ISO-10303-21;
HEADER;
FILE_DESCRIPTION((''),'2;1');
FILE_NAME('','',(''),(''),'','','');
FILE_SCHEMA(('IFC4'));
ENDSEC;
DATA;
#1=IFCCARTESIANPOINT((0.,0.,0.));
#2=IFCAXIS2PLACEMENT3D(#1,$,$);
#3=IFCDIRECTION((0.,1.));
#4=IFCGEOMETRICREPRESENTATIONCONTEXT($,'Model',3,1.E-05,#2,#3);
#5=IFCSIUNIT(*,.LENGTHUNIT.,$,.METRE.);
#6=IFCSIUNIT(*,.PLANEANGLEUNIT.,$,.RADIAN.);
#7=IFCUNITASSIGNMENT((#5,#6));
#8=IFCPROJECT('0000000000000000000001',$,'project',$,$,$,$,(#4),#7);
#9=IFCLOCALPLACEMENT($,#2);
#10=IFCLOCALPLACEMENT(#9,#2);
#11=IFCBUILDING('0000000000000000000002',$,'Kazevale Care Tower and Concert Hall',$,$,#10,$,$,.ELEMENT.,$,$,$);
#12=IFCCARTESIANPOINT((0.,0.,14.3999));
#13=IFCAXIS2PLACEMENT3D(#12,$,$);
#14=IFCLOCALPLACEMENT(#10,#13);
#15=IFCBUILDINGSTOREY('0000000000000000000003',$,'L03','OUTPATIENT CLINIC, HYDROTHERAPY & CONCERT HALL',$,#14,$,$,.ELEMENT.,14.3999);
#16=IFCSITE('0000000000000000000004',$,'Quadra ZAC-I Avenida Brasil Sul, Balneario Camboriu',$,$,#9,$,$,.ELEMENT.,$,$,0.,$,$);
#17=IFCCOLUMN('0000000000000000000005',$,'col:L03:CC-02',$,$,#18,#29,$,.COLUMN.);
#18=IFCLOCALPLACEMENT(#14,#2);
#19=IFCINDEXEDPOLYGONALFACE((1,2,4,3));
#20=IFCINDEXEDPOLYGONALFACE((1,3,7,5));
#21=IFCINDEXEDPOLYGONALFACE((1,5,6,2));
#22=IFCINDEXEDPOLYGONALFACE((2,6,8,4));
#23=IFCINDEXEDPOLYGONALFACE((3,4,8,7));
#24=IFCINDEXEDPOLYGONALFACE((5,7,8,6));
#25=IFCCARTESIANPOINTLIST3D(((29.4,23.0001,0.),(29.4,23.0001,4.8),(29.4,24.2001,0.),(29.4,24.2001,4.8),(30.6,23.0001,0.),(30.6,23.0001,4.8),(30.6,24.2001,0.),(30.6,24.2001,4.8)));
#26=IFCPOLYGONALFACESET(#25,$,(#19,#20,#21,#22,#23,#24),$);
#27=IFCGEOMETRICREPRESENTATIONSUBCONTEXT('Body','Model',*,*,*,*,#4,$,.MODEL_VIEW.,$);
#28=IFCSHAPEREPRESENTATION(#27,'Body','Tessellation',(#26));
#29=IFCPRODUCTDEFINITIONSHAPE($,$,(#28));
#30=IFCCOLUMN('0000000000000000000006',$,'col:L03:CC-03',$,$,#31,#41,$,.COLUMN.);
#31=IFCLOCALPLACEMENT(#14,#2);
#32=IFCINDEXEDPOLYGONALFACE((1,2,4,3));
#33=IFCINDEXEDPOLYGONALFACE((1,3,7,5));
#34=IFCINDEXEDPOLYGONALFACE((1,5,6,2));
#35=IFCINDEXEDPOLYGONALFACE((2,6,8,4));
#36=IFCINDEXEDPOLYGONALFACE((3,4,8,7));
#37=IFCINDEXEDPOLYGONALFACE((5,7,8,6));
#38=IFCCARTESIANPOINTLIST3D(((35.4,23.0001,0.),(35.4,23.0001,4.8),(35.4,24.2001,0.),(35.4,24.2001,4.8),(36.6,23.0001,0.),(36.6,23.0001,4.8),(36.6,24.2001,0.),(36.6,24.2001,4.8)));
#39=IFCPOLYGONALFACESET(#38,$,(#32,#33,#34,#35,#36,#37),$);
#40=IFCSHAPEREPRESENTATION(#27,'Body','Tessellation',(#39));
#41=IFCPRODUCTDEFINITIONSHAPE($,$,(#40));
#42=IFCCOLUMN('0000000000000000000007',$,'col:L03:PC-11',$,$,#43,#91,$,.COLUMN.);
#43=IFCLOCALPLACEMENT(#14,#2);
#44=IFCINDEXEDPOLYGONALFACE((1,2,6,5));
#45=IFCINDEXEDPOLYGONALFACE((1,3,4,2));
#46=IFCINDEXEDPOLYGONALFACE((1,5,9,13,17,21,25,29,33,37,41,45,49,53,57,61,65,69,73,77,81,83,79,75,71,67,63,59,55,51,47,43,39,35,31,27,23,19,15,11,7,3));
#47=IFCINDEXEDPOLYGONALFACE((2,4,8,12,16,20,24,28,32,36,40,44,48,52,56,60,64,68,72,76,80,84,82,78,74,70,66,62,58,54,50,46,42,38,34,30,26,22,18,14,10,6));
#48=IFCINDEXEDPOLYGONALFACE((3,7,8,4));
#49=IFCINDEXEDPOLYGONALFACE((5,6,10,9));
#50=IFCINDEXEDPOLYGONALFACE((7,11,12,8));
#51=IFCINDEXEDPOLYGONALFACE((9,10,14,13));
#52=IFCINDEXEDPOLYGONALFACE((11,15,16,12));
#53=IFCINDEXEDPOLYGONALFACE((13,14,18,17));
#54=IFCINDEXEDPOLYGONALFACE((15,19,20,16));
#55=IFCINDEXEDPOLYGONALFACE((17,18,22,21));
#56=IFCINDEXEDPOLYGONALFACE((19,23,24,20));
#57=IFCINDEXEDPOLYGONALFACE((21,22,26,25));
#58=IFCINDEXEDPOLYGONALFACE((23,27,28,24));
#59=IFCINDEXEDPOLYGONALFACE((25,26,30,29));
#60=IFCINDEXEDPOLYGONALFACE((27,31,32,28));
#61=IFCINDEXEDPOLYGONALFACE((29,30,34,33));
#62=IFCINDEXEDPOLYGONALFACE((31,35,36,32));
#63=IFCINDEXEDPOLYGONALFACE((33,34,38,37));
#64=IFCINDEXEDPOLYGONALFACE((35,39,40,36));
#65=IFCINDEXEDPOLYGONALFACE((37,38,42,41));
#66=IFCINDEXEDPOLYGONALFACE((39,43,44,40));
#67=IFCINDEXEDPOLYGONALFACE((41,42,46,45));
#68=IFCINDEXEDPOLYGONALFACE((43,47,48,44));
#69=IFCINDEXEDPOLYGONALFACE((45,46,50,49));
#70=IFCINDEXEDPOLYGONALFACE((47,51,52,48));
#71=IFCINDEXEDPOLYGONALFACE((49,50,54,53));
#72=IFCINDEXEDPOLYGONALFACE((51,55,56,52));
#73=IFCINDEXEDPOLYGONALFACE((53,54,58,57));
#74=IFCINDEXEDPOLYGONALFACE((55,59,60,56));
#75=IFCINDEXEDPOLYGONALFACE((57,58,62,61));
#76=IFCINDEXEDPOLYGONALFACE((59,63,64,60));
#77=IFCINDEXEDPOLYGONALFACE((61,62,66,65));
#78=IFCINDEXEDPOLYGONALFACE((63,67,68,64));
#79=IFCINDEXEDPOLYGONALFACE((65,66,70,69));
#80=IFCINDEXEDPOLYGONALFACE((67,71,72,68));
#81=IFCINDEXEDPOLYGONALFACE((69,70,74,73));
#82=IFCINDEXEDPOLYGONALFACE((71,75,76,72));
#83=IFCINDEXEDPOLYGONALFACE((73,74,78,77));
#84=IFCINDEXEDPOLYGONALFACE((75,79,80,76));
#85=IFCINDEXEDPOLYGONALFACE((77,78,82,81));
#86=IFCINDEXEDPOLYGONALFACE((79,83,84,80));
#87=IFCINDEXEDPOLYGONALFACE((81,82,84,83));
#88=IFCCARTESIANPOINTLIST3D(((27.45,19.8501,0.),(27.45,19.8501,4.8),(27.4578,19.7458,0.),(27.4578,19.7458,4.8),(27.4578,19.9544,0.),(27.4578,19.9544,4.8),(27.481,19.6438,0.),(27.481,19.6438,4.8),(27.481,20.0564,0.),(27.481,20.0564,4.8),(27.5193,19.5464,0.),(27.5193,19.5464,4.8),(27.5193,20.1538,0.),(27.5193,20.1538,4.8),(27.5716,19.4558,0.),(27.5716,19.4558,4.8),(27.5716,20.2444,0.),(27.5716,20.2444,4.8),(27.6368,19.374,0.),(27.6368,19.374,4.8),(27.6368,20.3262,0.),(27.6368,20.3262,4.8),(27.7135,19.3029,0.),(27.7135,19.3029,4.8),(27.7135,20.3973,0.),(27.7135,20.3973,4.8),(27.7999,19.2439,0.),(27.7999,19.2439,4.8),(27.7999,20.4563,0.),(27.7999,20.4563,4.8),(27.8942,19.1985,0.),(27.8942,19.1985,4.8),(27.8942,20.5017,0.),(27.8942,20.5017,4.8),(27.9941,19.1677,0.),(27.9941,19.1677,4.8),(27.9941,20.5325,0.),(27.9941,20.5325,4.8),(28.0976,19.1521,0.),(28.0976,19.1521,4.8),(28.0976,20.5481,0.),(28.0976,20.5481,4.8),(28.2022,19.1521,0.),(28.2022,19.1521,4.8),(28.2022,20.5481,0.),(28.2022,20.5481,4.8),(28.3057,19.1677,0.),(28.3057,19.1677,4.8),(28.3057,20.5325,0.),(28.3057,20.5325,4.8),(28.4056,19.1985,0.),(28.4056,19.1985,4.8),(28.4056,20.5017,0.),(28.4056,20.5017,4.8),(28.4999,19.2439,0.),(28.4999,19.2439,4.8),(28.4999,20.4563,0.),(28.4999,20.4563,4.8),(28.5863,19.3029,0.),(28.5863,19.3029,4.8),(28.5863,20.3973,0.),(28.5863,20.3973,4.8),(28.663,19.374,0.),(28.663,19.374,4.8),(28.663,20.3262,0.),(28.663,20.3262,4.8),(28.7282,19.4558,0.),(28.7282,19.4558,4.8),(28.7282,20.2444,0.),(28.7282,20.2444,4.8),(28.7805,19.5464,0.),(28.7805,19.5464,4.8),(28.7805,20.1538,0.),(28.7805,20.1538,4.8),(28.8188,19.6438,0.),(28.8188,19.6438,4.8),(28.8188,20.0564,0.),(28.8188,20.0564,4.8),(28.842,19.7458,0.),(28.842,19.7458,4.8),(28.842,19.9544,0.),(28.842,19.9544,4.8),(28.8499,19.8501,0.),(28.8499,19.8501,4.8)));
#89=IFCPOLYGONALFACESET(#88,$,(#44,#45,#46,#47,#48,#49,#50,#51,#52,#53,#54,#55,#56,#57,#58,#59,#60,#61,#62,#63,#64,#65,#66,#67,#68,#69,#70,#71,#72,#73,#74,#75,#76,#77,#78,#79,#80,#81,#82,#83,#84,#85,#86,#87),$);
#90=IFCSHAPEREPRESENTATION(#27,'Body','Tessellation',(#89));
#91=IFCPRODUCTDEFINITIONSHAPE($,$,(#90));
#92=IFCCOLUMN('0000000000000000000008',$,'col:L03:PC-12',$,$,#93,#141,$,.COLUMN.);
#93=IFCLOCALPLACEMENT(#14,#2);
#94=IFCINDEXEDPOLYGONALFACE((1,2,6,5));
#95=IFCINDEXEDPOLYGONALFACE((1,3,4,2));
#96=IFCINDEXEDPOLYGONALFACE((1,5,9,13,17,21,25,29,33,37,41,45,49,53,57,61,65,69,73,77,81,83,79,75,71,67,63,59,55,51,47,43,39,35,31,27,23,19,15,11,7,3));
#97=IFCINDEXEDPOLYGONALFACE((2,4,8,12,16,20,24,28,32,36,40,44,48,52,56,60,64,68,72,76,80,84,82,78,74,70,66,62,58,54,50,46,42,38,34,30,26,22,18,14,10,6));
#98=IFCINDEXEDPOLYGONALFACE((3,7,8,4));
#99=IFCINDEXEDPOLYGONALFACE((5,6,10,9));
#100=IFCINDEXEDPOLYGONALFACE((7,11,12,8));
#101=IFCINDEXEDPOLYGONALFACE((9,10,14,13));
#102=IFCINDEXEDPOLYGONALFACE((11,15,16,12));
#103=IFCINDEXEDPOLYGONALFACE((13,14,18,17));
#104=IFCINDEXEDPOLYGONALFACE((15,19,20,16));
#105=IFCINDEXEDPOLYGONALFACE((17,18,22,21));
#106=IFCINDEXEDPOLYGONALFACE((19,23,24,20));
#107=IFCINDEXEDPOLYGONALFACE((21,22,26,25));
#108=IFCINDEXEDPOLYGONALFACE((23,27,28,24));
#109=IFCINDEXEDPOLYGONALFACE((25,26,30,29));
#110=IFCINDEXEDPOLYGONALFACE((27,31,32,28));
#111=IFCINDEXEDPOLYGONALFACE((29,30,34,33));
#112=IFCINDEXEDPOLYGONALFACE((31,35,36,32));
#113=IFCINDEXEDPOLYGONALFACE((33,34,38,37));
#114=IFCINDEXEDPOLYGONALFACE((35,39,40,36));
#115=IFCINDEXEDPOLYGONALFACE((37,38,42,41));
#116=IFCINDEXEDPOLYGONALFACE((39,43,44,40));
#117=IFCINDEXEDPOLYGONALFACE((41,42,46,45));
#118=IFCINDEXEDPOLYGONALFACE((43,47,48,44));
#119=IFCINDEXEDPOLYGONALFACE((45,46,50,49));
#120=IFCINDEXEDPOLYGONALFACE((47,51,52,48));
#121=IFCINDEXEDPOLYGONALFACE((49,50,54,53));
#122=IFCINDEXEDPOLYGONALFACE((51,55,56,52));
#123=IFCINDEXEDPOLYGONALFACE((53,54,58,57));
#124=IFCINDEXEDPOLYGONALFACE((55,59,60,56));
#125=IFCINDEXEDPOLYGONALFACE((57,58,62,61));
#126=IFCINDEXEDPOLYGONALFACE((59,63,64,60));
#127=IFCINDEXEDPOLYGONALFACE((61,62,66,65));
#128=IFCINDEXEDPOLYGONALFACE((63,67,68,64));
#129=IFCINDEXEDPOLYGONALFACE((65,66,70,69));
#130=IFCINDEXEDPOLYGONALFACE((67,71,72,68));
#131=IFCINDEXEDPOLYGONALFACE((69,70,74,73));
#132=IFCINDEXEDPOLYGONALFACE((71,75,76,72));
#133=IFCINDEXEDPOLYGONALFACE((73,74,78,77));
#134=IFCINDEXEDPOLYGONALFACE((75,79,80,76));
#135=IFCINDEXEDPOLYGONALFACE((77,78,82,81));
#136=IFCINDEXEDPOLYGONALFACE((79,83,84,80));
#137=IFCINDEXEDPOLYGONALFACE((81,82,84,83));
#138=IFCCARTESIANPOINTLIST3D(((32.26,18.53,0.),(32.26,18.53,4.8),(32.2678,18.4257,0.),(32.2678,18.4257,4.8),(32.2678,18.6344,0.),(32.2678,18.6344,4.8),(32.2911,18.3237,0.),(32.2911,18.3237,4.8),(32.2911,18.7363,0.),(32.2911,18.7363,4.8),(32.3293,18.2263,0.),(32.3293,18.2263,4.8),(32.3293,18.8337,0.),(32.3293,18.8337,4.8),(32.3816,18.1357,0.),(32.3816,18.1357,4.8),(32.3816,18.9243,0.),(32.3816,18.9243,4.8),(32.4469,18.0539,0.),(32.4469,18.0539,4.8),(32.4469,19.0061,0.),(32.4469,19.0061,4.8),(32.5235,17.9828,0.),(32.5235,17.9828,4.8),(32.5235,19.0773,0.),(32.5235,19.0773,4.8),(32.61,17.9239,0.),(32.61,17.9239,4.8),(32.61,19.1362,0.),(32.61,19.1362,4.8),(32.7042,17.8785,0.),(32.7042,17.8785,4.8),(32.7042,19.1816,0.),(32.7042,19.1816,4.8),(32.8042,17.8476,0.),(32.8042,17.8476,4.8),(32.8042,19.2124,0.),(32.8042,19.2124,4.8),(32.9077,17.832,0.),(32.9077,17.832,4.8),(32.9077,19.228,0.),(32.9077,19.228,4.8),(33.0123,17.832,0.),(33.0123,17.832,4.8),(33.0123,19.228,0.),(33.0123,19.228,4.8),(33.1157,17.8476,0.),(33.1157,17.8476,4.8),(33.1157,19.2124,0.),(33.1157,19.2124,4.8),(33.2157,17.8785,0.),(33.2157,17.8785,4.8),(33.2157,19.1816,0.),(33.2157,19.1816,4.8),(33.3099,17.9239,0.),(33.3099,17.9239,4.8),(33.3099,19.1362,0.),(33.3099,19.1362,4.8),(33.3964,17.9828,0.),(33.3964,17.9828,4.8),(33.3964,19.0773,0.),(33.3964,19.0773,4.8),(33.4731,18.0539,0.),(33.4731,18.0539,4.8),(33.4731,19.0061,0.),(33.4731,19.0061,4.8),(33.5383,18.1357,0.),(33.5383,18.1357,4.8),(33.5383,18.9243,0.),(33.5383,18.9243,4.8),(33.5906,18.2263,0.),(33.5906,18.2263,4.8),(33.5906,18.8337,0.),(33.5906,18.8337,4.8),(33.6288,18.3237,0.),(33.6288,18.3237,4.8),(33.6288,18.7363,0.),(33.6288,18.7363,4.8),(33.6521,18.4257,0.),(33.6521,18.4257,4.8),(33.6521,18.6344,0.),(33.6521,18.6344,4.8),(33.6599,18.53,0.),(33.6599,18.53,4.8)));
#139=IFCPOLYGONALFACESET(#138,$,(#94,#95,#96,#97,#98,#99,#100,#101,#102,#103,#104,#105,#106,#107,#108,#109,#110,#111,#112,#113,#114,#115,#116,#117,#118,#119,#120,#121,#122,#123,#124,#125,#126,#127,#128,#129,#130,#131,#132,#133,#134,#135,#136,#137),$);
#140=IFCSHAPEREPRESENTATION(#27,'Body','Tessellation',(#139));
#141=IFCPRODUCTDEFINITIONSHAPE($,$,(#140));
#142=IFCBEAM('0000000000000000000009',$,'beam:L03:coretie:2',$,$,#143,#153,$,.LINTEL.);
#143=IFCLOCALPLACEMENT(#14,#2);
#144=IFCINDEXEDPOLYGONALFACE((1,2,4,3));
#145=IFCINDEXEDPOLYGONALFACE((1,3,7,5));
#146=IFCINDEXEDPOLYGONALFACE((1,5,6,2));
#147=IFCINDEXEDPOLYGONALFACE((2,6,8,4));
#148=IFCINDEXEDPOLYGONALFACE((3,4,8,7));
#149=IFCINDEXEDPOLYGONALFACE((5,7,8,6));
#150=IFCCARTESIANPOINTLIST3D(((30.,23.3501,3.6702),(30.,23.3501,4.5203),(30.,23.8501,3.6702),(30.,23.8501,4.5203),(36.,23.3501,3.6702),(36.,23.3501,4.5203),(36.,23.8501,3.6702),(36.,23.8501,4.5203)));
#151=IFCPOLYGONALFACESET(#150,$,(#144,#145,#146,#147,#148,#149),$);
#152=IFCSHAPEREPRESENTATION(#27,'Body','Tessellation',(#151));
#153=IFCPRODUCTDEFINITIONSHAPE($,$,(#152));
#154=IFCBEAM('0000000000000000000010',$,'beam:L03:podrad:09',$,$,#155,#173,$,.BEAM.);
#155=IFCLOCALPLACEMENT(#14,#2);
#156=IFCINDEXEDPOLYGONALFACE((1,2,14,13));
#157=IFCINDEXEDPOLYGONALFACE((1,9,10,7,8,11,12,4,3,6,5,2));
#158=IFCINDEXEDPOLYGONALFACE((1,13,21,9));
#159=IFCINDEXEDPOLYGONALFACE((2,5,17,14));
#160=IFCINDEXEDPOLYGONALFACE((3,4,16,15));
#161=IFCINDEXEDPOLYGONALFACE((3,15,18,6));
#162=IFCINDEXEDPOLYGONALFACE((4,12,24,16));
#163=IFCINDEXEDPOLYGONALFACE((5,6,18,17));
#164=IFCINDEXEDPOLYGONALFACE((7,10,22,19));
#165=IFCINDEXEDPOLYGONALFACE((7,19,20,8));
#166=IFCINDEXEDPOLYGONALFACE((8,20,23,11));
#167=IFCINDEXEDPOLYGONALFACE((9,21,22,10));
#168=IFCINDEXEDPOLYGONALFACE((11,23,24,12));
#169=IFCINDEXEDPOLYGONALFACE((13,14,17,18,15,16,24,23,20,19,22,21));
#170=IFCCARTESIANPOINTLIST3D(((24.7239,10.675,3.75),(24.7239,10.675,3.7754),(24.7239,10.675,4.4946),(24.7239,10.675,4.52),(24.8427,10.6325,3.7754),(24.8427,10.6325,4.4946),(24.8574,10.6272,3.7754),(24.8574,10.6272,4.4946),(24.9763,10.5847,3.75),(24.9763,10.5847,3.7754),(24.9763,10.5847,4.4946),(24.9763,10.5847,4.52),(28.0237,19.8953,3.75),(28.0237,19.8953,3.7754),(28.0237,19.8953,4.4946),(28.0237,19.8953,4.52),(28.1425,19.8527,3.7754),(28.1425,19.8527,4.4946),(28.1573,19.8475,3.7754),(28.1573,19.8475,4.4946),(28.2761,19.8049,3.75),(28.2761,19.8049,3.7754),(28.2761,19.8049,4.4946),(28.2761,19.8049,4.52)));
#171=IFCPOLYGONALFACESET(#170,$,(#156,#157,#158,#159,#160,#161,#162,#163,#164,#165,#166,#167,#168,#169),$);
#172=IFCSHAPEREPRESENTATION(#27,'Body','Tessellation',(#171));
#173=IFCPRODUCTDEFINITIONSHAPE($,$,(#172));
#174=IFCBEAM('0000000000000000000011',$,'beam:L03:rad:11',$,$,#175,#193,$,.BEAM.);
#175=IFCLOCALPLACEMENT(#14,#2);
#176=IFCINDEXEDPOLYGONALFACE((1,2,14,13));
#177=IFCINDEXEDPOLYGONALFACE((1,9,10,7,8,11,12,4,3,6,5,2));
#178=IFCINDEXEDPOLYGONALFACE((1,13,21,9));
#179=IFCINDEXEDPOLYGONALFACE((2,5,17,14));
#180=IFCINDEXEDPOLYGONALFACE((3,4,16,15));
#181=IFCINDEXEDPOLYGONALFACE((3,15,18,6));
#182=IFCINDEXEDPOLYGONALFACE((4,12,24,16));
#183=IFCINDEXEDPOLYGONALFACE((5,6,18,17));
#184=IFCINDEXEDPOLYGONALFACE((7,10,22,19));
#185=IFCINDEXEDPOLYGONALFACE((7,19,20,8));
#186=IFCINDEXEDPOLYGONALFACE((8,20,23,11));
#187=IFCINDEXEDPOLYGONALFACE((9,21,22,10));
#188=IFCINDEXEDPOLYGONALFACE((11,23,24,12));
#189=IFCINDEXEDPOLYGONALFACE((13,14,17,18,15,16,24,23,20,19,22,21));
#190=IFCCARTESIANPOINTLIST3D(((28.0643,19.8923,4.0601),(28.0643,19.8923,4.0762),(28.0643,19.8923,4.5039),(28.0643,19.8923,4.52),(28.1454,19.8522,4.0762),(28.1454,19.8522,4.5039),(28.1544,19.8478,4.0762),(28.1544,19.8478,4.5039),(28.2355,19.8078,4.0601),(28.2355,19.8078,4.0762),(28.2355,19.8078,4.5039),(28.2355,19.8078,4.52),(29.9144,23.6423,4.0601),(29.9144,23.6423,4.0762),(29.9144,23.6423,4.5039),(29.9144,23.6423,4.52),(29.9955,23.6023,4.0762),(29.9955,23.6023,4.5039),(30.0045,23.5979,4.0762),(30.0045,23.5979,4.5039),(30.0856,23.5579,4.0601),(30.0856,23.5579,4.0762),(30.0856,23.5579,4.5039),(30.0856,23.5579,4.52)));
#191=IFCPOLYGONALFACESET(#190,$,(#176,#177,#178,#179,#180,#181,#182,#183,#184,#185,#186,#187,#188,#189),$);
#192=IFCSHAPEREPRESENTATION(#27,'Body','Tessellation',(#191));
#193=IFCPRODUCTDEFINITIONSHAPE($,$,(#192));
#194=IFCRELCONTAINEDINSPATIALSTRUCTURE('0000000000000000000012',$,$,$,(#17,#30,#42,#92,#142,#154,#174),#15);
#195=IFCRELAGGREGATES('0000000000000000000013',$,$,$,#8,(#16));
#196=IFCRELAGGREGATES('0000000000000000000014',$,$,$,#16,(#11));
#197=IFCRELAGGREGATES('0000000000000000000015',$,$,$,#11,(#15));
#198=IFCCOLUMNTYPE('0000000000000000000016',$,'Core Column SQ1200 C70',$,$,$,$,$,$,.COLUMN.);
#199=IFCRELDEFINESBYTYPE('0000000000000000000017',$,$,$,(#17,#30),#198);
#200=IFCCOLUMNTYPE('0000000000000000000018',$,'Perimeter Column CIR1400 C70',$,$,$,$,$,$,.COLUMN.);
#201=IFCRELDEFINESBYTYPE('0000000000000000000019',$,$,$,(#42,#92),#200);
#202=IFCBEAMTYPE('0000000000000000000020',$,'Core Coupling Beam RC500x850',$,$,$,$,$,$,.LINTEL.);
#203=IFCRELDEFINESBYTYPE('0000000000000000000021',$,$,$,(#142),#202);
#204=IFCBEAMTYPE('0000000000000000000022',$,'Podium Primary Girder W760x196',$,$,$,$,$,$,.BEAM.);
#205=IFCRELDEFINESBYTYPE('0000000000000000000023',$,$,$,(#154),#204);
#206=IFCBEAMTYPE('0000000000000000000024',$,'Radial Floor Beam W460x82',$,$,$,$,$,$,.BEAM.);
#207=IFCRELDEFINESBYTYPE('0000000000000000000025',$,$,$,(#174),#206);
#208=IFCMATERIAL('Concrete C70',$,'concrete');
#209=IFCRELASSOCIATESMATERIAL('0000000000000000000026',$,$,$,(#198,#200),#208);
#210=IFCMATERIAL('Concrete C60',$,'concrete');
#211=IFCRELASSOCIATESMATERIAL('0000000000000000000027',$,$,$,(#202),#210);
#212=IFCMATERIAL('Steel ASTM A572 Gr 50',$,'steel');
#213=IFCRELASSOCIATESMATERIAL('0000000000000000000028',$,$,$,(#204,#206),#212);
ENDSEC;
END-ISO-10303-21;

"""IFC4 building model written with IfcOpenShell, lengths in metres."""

from ifc_helpers import new_model, si_unit, direction, frame, origin, origin_2d, place, context, subcontext, project, spatial, rectangle, circle, i_section, extrude, material, material_profile, profile_set, type_object, element, save


model = new_model("IFC4")

# Units and contexts
model_context = context("Model", 3, precision=1e-05, world=origin(), true_north=direction((0.0, 1.0)))
body_context = subcontext(model_context, "Body", "Model", "MODEL_VIEW")
ifc_project = project(units=[si_unit("LENGTHUNIT", "METRE"), si_unit("PLANEANGLEUNIT", "RADIAN")], contexts=[model_context])

# Site, building, storey
site_placement = place(None, origin())
site = spatial("IfcSite", under=ifc_project, at=site_placement, Name="Quadra ZAC-I Avenida Brasil Sul, Balneario Camboriu", CompositionType="ELEMENT", RefElevation=0.0)
building_placement = place(site_placement, origin())
building = spatial("IfcBuilding", under=site, at=building_placement, Name="Kazevale Care Tower and Concert Hall", CompositionType="ELEMENT")
storey_placement = place(building_placement, frame((0.0, 0.0, 14.3999)))
storey = spatial("IfcBuildingStorey", under=building, at=storey_placement, Name="L03", Description="OUTPATIENT CLINIC, HYDROTHERAPY & CONCERT HALL", CompositionType="ELEMENT", Elevation=14.3999)

# Columns
ifc_material_1 = material(Name="Concrete C70", Category="concrete")
ifc_material_profile_1 = material_profile(ifc_material_1, rectangle(XDim=1.2, YDim=1.2, at=origin_2d()), Name="RC-SQ1200")
ifc_profile_set_1 = profile_set([ifc_material_profile_1], Name="Concrete C70")
column_type_1 = type_object("IfcColumnType", Name="Core Column SQ1200 C70", PredefinedType="COLUMN", material=ifc_profile_set_1)
for number, where, z_axis, x_axis, name in (
    (1, (30.0, 23.6001, 0.0), (0.0, 0.0, 1.0), (1.0, 0.0, 0.0), "col:L03:CC-02"),
    (2, (36.0, 23.6001, 0.0), (0.0, 0.0, 1.0), (1.0, 0.0, 0.0), "col:L03:CC-03"),
):
    element("IfcColumn", number, at=place(storey_placement, frame(where, z_axis=z_axis, x_axis=x_axis)), inside=storey, type_object=column_type_1, Name=name, PredefinedType="COLUMN", context=body_context, shape_type="SweptSolid", body=[
        extrude(rectangle(XDim=1.2, YDim=1.2, at=origin_2d()), origin(), (0.0, 0.0, 1.0), 4.8),
    ])
ifc_material_profile_2 = material_profile(ifc_material_1, circle(Radius=0.7, at=origin_2d()), Name="RC-CIR1400")
ifc_profile_set_2 = profile_set([ifc_material_profile_2], Name="Concrete C70")
column_type_2 = type_object("IfcColumnType", Name="Perimeter Column CIR1400 C70", PredefinedType="COLUMN", material=ifc_profile_set_2)
for number, where, z_axis, x_axis, name in (
    (3, (28.1499, 19.8501, 0.0), (0.0, 0.0, 1.0), (1.0, 0.0, 0.0), "col:L03:PC-11"),
    (4, (32.96, 18.53, 0.0), (0.0, 0.0, 1.0), (1.0, 0.0, 0.0), "col:L03:PC-12"),
):
    element("IfcColumn", number, at=place(storey_placement, frame(where, z_axis=z_axis, x_axis=x_axis)), inside=storey, type_object=column_type_2, Name=name, PredefinedType="COLUMN", context=body_context, shape_type="SweptSolid", body=[
        extrude(circle(Radius=0.7, at=origin_2d()), origin(), (0.0, 0.0, 1.0), 4.8),
    ])

# Beams
ifc_material_2 = material(Name="Concrete C60", Category="concrete")
ifc_material_profile_3 = material_profile(ifc_material_2, rectangle(XDim=0.5, YDim=0.8501, at=origin_2d()), Name="RC-B500x850")
ifc_profile_set_3 = profile_set([ifc_material_profile_3], Name="Concrete C60")
beam_type_1 = type_object("IfcBeamType", Name="Core Coupling Beam RC500x850", PredefinedType="LINTEL", material=ifc_profile_set_3)
beam_1_placement = place(storey_placement, frame((30.0, 23.6001, 4.0952), z_axis=(1.0, 0.0, 0.0), x_axis=(0.0, 1.0, 0.0)))
element("IfcBeam", 5, at=beam_1_placement, inside=storey, type_object=beam_type_1, Name="beam:L03:coretie:2", PredefinedType="LINTEL", context=body_context, shape_type="SweptSolid", body=[
    extrude(rectangle(XDim=0.5, YDim=0.8501, at=origin_2d()), origin(), (0.0, 0.0, 1.0), 6.0),
])
ifc_material_3 = material(Name="Steel ASTM A572 Gr 50", Category="steel")
ifc_material_profile_4 = material_profile(ifc_material_3, i_section(OverallWidth=0.2681, OverallDepth=0.77, WebThickness=0.0156, FlangeThickness=0.0254, at=origin_2d()), Name="W760x196")
ifc_profile_set_4 = profile_set([ifc_material_profile_4], Name="Steel ASTM A572 Gr 50")
beam_type_2 = type_object("IfcBeamType", Name="Podium Primary Girder W760x196", PredefinedType="BEAM", material=ifc_profile_set_4)
beam_2_placement = place(storey_placement, frame((28.1499, 19.8501, 4.135), z_axis=(-0.336959, -0.941519, 0.0), x_axis=(0.941519, -0.336959, 0.0)))
element("IfcBeam", 6, at=beam_2_placement, inside=storey, type_object=beam_type_2, Name="beam:L03:podrad:09", PredefinedType="BEAM", context=body_context, shape_type="SweptSolid", body=[
    extrude(i_section(OverallWidth=0.2681, OverallDepth=0.77, WebThickness=0.0156, FlangeThickness=0.0254, at=origin_2d()), origin(), (0.0, 0.0, 1.0), 9.793),
])
ifc_material_profile_5 = material_profile(ifc_material_3, i_section(OverallWidth=0.1909, OverallDepth=0.46, WebThickness=0.01, FlangeThickness=0.0161, at=origin_2d()), Name="W460x82")
ifc_profile_set_5 = profile_set([ifc_material_profile_5], Name="Steel ASTM A572 Gr 50")
beam_type_3 = type_object("IfcBeamType", Name="Radial Floor Beam W460x82", PredefinedType="BEAM", material=ifc_profile_set_5)
beam_3_placement = place(storey_placement, frame((30.0, 23.6001, 4.29), z_axis=(-0.442443, -0.896797, 0.0), x_axis=(0.896797, -0.442443, 0.0)))
element("IfcBeam", 7, at=beam_3_placement, inside=storey, type_object=beam_type_3, Name="beam:L03:rad:11", PredefinedType="BEAM", context=body_context, shape_type="SweptSolid", body=[
    extrude(i_section(OverallWidth=0.1909, OverallDepth=0.46, WebThickness=0.01, FlangeThickness=0.0161, at=origin_2d()), origin(), (0.0, 0.0, 1.0), 4.1816),
])

save(model, "model.ifc")
